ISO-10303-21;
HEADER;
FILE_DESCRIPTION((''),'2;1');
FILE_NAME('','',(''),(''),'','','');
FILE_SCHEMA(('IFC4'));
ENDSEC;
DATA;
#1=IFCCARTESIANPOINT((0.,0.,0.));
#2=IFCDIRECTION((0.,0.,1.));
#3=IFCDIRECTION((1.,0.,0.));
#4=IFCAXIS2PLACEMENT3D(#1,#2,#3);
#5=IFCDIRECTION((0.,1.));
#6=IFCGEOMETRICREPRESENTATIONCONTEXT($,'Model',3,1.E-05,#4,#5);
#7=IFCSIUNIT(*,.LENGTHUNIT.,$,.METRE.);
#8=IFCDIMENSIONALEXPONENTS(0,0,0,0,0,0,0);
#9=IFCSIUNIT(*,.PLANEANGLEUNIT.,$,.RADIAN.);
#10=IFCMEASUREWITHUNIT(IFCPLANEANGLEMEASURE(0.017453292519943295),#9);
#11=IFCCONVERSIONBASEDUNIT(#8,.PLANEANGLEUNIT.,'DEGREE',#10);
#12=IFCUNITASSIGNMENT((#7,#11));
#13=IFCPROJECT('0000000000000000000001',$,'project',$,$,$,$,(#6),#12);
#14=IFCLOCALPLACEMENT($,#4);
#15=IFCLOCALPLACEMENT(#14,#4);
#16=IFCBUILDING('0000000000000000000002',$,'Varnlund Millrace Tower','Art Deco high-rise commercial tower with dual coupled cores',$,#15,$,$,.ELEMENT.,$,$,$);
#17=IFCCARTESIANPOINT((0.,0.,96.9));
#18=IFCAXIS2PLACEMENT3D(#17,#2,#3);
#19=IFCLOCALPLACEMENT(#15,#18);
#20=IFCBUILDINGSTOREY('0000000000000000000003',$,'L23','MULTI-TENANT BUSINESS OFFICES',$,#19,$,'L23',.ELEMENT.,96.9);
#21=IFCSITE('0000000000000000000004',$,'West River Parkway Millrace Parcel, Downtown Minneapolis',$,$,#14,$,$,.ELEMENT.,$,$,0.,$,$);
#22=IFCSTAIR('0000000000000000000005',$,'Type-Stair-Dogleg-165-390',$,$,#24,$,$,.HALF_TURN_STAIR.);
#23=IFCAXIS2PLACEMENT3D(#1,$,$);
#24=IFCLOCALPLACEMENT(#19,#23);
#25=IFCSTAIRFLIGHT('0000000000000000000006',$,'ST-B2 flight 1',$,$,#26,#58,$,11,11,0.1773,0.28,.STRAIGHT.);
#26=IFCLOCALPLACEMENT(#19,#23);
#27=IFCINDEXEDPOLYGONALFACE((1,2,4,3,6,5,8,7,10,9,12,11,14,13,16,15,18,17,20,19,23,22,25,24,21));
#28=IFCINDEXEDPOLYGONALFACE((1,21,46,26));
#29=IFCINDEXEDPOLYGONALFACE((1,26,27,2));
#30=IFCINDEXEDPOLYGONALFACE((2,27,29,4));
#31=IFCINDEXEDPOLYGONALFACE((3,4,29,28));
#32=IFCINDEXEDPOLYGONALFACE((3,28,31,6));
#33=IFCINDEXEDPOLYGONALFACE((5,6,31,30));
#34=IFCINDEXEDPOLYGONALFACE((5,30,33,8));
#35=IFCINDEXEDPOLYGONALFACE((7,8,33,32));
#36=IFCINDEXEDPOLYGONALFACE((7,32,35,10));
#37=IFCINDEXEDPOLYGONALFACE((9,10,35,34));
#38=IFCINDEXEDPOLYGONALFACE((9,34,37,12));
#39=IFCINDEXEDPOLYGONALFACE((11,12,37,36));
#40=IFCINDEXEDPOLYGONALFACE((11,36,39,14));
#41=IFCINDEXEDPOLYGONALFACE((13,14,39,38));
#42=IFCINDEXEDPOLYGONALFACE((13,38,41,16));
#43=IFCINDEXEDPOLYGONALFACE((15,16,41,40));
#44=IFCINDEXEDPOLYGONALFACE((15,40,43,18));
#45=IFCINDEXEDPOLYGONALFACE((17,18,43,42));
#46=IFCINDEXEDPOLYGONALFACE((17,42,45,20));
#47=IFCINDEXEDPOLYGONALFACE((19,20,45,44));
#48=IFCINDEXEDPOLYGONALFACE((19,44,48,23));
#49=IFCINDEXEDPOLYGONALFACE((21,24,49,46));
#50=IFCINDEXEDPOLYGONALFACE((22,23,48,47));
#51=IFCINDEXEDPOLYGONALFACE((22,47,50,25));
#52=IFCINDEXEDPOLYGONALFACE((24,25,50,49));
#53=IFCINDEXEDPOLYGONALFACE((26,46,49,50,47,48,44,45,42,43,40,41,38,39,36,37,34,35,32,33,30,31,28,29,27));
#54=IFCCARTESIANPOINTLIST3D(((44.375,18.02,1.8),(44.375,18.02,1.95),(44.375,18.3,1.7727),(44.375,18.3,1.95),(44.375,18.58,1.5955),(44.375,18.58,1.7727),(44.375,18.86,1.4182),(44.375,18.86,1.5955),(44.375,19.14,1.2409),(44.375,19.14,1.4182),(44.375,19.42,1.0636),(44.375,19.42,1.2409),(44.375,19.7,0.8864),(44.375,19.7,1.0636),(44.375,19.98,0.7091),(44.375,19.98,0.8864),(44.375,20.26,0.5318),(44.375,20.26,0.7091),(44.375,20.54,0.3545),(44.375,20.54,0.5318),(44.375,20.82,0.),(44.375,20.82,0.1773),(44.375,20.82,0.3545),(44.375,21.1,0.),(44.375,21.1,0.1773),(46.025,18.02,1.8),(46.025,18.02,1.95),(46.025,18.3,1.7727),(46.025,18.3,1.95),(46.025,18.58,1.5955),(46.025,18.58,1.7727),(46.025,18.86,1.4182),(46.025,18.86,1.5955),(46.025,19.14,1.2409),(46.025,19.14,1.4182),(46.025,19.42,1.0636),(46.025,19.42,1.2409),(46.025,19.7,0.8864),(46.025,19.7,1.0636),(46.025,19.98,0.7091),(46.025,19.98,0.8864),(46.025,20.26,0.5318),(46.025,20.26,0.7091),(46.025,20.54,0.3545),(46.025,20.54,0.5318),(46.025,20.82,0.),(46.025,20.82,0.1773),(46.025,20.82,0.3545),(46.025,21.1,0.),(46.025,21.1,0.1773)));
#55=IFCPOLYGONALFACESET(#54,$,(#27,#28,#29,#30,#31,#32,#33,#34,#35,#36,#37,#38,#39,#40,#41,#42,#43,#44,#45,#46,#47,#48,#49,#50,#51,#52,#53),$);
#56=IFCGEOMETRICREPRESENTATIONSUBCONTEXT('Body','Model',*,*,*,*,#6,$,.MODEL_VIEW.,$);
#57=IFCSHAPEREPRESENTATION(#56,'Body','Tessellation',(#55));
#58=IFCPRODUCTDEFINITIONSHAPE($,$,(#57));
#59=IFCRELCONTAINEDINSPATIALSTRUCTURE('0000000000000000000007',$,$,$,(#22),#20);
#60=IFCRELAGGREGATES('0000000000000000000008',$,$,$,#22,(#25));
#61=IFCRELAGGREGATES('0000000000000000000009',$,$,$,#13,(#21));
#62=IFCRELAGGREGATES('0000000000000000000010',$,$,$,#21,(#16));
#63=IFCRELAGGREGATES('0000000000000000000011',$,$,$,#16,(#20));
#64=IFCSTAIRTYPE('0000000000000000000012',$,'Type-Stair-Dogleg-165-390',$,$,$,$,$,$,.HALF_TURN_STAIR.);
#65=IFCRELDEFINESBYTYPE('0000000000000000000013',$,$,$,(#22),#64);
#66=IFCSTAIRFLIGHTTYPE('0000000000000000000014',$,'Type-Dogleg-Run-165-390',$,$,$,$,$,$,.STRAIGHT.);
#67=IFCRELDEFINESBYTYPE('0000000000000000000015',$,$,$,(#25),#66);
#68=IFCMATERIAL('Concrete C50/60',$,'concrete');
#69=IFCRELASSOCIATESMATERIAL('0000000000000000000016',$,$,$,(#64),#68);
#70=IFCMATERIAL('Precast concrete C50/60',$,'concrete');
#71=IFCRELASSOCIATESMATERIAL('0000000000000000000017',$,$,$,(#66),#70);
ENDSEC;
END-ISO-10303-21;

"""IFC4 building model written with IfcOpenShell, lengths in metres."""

from ifc_helpers import new_model, entity, si_unit, converted_unit, direction, frame, origin_with_axes, place, context, subcontext, project, spatial, polyline, outline, extrude, material, type_object, element, aggregate, save


model = new_model("IFC4")

# Units and contexts
model_context = context("Model", 3, precision=1e-05, world=origin_with_axes(), true_north=direction((0.0, 1.0)))
body_context = subcontext(model_context, "Body", "Model", "MODEL_VIEW")
ifc_project = project(units=[si_unit("LENGTHUNIT", "METRE"), converted_unit("PLANEANGLEUNIT", "DEGREE", entity("IfcPlaneAngleMeasure", 0.017453292519943295), si_unit("PLANEANGLEUNIT", "RADIAN"), dimensions=[0, 0, 0, 0, 0, 0, 0])], contexts=[model_context])

# Site, building, storey
site_placement = place(None, origin_with_axes())
site = spatial("IfcSite", under=ifc_project, at=site_placement, Name="West River Parkway Millrace Parcel, Downtown Minneapolis", CompositionType="ELEMENT", RefElevation=0.0)
building_placement = place(site_placement, origin_with_axes())
building = spatial("IfcBuilding", under=site, at=building_placement, Name="Varnlund Millrace Tower", Description="Art Deco high-rise commercial tower with dual coupled cores", CompositionType="ELEMENT")
storey_placement = place(building_placement, frame((0.0, 0.0, 96.9), z_axis=(0.0, 0.0, 1.0), x_axis=(1.0, 0.0, 0.0)))
storey = spatial("IfcBuildingStorey", under=building, at=storey_placement, Name="L23", Description="MULTI-TENANT BUSINESS OFFICES", LongName="L23", CompositionType="ELEMENT", Elevation=96.9)

# Stair, stair flight
ifc_material_1 = material(Name="Concrete C50/60", Category="concrete")
stair_type = type_object("IfcStairType", Name="Type-Stair-Dogleg-165-390", PredefinedType="HALF_TURN_STAIR", material=ifc_material_1)
ifc_material_2 = material(Name="Precast concrete C50/60", Category="concrete")
stair_flight_type = type_object("IfcStairFlightType", Name="Type-Dogleg-Run-165-390", PredefinedType="STRAIGHT", material=ifc_material_2)
stair_1_placement = place(storey_placement, origin_with_axes())
stair_1 = element("IfcStair", 1, at=stair_1_placement, inside=storey, type_object=stair_type, Name="Type-Stair-Dogleg-165-390", PredefinedType="HALF_TURN_STAIR")
stair_flight_1_placement = place(storey_placement, frame((46.025, 21.1, 0.0), z_axis=(-1.0, 0.0, 0.0), x_axis=(0.0, -1.0, 0.0)))
stair_flight_1 = element("IfcStairFlight", 2, at=stair_flight_1_placement, type_object=stair_flight_type, Name="ST-B2 flight 1", NumberOfRisers=11, NumberOfTreads=11, PredefinedType="STRAIGHT", RiserHeight=0.1773, TreadLength=0.28, context=body_context, shape_type="SweptSolid", body=[
    extrude(outline(polyline([(0.0, 0.0), (0.0, 0.1773), (0.28, 0.1773), (0.28, 0.3545), (0.56, 0.3545), (0.56, 0.5318), (0.84, 0.5318), (0.84, 0.7091), (1.12, 0.7091), (1.12, 0.8864), (1.4, 0.8864), (1.4, 1.0636), (1.68, 1.0636), (1.68, 1.2409), (1.96, 1.2409), (1.96, 1.4182), (2.24, 1.4182), (2.24, 1.5955), (2.52, 1.5955), (2.52, 1.7727), (2.8, 1.7727), (2.8, 1.95), (3.08, 1.95), (3.08, 1.8), (0.28, 0.0), (0.0, 0.0)])), origin_with_axes(), (0.0, 0.0, 1.0), 1.65),
])
aggregate(stair_1, [stair_flight_1])

save(model, "model.ifc")
